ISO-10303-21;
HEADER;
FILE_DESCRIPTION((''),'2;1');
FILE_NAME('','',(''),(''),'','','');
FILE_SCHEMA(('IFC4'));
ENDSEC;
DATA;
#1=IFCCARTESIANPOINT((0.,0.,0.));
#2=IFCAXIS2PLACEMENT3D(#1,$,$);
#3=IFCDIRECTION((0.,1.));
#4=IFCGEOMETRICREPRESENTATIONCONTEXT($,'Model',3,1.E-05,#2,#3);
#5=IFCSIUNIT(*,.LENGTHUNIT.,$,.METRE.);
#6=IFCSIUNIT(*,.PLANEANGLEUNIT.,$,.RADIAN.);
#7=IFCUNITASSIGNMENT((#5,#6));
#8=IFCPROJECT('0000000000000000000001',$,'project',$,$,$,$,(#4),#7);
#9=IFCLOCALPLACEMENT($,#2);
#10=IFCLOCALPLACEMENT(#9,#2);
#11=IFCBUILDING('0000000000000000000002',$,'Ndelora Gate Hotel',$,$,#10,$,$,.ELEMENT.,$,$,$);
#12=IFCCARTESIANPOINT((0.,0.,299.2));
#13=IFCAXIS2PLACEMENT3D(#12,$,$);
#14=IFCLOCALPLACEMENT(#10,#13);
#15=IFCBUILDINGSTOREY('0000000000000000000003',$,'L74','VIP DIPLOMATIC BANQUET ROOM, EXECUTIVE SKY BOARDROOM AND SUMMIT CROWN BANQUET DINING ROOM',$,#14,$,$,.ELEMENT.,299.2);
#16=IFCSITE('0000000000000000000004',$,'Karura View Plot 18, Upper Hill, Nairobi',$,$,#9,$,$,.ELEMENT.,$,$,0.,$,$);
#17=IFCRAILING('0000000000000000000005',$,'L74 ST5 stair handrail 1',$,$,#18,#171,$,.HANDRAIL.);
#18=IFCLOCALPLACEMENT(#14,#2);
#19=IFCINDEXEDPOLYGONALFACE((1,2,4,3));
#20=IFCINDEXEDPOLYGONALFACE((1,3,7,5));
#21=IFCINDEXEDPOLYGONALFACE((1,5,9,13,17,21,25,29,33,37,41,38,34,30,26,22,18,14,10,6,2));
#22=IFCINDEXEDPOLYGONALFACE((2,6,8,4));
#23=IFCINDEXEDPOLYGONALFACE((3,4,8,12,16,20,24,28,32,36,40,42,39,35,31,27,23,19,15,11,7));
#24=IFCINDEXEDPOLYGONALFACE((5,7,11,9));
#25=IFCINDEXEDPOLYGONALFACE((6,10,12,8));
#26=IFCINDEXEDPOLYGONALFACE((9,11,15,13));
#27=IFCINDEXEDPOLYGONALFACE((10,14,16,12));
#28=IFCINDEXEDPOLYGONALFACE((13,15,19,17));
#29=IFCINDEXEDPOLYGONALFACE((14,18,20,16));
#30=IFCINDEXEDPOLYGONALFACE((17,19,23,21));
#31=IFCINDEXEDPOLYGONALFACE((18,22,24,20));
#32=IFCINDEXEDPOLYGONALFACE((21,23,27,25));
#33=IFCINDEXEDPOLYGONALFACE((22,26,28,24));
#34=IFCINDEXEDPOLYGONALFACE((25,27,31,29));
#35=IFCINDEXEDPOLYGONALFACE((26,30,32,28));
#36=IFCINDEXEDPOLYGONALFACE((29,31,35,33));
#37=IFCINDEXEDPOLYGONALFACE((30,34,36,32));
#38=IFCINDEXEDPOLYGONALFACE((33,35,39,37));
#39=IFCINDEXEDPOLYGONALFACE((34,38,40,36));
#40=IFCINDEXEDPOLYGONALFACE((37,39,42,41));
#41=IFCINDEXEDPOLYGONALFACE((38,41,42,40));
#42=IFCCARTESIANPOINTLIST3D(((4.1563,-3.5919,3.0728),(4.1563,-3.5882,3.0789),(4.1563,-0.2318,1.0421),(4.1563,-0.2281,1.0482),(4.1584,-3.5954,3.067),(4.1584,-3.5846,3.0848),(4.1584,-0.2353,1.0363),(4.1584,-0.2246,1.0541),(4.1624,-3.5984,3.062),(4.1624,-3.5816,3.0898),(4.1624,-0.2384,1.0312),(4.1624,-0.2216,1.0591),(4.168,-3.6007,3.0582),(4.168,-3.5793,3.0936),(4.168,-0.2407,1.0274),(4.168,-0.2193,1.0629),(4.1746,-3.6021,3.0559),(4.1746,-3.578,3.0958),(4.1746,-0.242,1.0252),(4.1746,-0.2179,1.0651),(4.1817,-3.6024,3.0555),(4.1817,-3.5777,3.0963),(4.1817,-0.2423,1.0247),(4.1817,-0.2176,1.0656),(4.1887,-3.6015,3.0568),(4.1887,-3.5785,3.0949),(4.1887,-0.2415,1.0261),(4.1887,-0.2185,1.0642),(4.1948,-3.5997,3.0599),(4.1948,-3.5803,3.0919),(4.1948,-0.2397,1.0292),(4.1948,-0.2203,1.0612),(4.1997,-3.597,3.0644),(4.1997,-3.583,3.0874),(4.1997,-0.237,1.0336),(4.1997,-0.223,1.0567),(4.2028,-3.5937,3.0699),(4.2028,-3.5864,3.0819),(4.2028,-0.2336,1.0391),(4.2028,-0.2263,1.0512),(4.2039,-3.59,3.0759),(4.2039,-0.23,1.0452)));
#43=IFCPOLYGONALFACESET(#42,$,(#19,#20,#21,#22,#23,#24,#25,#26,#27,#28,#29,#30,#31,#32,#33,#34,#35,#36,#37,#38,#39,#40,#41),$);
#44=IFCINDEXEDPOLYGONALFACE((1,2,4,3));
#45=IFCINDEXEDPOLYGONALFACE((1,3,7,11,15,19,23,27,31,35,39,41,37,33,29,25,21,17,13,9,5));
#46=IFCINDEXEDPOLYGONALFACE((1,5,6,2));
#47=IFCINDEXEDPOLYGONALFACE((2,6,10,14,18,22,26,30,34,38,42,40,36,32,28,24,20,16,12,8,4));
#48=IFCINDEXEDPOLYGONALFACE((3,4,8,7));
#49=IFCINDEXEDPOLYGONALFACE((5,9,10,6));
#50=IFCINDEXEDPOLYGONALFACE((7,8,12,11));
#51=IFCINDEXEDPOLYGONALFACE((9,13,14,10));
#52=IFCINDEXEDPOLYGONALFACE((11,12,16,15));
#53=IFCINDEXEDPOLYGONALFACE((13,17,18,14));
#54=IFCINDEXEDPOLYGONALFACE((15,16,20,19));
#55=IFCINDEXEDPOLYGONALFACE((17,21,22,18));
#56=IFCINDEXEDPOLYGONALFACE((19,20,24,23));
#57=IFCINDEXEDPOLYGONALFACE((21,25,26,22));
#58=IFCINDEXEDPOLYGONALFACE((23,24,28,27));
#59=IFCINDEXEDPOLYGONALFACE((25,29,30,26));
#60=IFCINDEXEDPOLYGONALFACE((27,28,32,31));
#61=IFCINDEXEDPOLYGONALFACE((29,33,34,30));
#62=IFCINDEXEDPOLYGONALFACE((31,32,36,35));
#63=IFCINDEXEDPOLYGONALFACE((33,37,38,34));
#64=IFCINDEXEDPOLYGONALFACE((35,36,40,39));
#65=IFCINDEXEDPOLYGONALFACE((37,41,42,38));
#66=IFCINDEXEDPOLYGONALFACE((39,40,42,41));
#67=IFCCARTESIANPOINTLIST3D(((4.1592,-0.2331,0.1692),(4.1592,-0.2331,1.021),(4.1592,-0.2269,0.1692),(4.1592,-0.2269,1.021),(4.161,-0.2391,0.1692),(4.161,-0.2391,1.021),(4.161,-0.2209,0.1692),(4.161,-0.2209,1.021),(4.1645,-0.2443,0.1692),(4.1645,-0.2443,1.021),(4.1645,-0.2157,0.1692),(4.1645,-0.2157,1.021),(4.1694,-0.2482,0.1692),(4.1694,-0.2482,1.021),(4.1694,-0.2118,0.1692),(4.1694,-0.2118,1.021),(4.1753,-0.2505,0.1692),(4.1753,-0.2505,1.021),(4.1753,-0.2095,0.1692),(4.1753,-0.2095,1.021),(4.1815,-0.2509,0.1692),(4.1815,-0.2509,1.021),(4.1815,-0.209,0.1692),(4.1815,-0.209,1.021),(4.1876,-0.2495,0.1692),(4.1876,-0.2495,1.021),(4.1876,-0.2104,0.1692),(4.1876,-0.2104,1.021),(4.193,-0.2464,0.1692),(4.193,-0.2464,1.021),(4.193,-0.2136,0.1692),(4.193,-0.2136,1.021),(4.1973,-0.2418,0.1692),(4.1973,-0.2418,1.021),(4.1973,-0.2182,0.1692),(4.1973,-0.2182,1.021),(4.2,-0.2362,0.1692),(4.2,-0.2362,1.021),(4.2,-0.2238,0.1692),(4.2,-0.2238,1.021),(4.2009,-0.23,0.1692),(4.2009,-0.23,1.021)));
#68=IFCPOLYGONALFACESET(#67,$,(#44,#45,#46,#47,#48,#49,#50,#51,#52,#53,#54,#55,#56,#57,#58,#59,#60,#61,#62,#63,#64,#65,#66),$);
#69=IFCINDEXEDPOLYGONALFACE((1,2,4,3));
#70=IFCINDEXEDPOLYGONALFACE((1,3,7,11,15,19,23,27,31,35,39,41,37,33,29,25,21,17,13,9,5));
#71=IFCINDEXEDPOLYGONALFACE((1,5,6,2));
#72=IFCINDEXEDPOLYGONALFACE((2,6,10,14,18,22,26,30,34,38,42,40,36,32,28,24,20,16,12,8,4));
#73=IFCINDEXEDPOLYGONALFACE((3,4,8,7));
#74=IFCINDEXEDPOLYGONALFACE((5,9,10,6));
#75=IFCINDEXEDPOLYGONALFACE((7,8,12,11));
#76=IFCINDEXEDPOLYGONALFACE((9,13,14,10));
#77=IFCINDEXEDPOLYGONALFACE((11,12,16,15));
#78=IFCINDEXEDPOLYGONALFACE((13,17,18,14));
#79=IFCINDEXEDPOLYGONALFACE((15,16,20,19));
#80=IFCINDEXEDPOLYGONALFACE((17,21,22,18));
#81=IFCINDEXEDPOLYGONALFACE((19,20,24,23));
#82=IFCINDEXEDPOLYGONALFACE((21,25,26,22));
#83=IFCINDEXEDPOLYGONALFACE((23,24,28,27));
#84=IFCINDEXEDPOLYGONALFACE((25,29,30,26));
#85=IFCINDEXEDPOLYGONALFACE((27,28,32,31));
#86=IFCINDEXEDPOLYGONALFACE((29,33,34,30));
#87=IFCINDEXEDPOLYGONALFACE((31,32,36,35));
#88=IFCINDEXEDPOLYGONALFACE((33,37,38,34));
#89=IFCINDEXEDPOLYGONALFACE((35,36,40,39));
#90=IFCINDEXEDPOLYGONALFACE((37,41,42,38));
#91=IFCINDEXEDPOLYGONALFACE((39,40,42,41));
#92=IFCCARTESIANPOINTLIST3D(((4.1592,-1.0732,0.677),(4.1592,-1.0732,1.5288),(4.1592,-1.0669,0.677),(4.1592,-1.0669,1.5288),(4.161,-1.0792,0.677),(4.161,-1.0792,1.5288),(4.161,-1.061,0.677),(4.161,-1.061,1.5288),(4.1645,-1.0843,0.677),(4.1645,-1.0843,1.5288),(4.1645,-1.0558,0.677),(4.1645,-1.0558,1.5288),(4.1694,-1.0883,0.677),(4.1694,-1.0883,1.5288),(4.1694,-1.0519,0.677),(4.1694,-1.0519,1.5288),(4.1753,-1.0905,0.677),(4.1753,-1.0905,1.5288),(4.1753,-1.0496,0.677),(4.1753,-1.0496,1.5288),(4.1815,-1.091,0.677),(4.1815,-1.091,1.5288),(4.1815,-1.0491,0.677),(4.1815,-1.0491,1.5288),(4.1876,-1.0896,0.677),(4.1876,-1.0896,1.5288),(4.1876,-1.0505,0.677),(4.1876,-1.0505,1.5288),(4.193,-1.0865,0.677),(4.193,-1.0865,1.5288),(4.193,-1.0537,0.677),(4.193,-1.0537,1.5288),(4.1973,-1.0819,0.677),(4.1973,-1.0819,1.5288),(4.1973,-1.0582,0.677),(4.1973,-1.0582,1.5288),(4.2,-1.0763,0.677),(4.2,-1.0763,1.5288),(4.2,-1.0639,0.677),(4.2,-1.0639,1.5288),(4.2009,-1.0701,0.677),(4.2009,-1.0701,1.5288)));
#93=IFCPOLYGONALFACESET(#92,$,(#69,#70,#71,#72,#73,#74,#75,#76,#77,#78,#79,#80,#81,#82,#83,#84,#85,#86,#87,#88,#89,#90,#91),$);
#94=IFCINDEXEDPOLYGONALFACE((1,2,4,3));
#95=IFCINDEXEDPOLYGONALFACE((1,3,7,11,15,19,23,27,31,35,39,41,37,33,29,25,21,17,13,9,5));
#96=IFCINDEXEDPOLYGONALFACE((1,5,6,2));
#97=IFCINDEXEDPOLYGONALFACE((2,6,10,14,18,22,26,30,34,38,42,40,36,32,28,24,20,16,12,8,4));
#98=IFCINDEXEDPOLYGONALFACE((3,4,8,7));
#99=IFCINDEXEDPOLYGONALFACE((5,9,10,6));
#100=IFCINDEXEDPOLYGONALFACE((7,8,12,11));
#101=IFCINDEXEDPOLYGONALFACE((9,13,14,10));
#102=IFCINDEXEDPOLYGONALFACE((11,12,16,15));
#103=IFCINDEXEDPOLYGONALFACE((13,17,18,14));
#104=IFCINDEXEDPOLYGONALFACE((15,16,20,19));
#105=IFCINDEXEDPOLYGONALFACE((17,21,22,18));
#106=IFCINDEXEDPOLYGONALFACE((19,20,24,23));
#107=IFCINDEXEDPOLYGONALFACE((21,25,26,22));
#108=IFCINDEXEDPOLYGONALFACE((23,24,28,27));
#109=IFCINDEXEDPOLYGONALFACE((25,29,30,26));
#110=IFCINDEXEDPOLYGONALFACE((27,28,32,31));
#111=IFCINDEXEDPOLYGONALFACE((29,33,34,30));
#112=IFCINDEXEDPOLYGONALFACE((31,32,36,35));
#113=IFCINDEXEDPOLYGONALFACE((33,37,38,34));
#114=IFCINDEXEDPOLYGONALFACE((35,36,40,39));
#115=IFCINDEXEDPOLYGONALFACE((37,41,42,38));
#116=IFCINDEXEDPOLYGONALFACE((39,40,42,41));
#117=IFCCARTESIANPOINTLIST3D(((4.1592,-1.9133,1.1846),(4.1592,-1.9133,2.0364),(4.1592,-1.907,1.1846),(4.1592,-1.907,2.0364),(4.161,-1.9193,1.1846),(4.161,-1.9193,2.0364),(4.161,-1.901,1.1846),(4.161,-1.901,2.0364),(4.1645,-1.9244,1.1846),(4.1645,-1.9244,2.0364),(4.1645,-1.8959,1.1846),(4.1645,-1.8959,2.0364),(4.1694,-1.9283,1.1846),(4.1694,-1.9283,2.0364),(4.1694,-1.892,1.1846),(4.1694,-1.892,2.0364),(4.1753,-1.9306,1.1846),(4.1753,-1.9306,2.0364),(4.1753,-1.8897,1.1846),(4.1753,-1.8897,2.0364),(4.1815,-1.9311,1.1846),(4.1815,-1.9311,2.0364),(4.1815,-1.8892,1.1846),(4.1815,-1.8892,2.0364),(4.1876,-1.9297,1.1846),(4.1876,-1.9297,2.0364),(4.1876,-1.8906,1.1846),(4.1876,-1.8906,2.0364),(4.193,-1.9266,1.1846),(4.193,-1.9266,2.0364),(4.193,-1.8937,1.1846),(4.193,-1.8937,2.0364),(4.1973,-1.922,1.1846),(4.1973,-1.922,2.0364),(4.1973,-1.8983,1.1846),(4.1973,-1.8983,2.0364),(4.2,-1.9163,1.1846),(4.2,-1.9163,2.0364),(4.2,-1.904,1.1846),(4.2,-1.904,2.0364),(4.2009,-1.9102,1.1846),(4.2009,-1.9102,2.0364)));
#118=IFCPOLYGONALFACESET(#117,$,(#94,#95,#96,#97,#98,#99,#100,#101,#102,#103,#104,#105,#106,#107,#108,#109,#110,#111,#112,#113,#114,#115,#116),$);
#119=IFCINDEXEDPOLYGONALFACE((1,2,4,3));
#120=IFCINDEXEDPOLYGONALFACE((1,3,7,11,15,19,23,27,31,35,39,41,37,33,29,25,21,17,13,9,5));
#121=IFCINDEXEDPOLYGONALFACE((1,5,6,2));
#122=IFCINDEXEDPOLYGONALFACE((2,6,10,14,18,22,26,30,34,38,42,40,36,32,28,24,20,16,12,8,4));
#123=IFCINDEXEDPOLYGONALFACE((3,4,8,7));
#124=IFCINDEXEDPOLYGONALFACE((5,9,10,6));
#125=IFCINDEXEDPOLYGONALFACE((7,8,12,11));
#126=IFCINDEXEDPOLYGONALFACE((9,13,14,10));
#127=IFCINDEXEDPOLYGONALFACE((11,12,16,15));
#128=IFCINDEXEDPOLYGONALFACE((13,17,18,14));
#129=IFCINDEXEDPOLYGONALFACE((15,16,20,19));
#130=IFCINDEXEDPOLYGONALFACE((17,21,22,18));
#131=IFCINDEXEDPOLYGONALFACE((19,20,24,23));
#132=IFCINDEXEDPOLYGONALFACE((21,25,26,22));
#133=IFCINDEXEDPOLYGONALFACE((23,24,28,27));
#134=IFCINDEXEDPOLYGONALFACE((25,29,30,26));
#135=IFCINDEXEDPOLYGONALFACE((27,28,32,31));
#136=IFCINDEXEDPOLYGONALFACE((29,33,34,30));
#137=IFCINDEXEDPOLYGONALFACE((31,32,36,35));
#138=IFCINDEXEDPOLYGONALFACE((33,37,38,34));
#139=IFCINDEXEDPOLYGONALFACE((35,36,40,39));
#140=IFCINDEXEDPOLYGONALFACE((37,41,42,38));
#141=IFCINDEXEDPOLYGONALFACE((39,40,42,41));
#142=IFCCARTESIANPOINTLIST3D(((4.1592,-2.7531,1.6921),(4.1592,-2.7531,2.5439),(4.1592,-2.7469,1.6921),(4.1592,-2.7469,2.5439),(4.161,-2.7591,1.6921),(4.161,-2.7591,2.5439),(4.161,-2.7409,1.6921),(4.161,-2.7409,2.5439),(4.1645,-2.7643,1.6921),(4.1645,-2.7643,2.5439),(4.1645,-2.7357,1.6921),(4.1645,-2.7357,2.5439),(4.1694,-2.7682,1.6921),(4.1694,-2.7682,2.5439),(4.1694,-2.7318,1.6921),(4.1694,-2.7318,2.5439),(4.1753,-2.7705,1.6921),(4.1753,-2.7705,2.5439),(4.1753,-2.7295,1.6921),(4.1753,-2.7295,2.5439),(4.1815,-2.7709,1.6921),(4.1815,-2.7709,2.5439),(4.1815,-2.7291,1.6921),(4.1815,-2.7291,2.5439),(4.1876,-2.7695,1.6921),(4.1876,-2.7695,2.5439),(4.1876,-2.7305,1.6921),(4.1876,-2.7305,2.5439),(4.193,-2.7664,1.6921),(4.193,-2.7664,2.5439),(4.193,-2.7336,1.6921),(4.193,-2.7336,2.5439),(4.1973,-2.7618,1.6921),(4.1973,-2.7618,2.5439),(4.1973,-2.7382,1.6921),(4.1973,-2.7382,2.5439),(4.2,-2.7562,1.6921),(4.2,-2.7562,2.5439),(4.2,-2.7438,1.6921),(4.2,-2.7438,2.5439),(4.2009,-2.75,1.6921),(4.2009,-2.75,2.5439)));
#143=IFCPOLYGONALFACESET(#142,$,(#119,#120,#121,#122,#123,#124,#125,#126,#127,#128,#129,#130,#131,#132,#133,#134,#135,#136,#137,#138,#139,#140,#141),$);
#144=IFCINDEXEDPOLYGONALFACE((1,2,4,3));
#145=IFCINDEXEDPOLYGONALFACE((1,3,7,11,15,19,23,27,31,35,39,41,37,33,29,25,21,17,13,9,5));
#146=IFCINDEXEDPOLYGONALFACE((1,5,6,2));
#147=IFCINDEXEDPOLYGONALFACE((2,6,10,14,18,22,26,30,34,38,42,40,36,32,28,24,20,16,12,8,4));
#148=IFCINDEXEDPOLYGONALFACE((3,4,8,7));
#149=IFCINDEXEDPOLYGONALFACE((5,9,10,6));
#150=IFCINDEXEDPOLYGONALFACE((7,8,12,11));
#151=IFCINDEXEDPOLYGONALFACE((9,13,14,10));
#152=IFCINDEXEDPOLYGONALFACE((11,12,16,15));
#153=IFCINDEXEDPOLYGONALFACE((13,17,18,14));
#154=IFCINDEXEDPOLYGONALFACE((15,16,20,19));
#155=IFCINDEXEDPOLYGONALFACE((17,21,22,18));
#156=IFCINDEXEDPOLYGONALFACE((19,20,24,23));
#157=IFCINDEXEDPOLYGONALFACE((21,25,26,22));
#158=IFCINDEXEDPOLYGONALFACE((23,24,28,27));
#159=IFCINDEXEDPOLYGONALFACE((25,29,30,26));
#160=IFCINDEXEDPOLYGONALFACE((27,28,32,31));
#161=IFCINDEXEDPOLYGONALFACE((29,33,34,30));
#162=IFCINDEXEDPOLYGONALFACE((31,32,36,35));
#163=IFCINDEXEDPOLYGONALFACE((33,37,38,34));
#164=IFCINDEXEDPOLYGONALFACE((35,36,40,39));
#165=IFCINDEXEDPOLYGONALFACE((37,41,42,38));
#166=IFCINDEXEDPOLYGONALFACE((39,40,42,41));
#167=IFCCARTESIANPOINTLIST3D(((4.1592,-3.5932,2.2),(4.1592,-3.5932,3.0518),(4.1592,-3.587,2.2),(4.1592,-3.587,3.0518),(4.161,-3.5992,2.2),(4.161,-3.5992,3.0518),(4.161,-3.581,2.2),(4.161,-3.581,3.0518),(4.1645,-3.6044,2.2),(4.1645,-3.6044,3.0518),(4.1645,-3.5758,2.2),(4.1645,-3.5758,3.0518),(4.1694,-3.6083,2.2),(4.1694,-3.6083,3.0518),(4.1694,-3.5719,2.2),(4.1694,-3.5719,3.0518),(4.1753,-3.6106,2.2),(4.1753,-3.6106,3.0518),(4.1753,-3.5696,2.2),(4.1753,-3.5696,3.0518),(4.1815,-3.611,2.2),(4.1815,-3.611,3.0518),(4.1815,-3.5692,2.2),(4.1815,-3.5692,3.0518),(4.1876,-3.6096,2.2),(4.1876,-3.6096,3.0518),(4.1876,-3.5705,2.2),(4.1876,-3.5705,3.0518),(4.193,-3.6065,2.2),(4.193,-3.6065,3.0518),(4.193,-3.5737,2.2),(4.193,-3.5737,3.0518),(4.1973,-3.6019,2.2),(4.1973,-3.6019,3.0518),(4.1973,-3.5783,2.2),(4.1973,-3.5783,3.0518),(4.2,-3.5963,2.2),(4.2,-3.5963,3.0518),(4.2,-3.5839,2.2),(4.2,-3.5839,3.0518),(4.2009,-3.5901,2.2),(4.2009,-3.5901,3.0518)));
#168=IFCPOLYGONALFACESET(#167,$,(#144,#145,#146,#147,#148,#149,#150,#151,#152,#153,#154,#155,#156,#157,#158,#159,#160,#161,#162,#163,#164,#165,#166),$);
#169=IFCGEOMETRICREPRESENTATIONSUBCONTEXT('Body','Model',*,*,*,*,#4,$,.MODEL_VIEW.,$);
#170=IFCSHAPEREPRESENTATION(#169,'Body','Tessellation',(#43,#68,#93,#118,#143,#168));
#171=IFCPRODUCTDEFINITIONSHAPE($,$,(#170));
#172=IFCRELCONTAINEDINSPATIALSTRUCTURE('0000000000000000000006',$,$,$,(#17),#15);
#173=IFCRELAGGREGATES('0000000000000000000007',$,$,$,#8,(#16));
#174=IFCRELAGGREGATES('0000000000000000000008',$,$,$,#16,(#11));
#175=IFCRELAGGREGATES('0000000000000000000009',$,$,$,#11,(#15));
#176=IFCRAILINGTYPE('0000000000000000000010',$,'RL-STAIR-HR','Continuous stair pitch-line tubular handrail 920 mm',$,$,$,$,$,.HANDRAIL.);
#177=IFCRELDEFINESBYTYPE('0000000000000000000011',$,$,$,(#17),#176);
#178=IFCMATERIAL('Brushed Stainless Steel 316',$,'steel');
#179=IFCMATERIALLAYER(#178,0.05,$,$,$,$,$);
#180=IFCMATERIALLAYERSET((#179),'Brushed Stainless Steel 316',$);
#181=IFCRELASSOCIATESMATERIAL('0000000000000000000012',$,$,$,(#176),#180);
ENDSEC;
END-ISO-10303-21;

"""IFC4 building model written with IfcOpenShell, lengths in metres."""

from ifc_helpers import new_model, si_unit, direction, frame, origin, origin_2d, place, context, subcontext, project, spatial, circle, extrude, material, layer, layer_set, type_object, element, save


model = new_model("IFC4")

# Units and contexts
model_context = context("Model", 3, precision=1e-05, world=origin(), true_north=direction((0.0, 1.0)))
body_context = subcontext(model_context, "Body", "Model", "MODEL_VIEW")
ifc_project = project(units=[si_unit("LENGTHUNIT", "METRE"), si_unit("PLANEANGLEUNIT", "RADIAN")], contexts=[model_context])

# Site, building, storey
site_placement = place(None, origin())
site = spatial("IfcSite", under=ifc_project, at=site_placement, Name="Karura View Plot 18, Upper Hill, Nairobi", CompositionType="ELEMENT", RefElevation=0.0)
building_placement = place(site_placement, origin())
building = spatial("IfcBuilding", under=site, at=building_placement, Name="Ndelora Gate Hotel", CompositionType="ELEMENT")
storey_placement = place(building_placement, frame((0.0, 0.0, 299.2)))
storey = spatial("IfcBuildingStorey", under=building, at=storey_placement, Name="L74", Description="VIP DIPLOMATIC BANQUET ROOM, EXECUTIVE SKY BOARDROOM AND SUMMIT CROWN BANQUET DINING ROOM", CompositionType="ELEMENT", Elevation=299.2)

# Railing
ifc_material_1 = material(Name="Brushed Stainless Steel 316", Category="steel")
ifc_layer_1 = layer(ifc_material_1, 0.05)
ifc_layer_set_1 = layer_set([ifc_layer_1], Name="Brushed Stainless Steel 316")
railing_type_1 = type_object("IfcRailingType", Name="RL-STAIR-HR", Description="Continuous stair pitch-line tubular handrail 920 mm", PredefinedType="HANDRAIL", material=ifc_layer_set_1)
railing_1_placement = place(storey_placement, frame((4.1799, -0.23, 0.1692)))
element("IfcRailing", 1, at=railing_1_placement, inside=storey, type_object=railing_type_1, Name="L74 ST5 stair handrail 1", PredefinedType="HANDRAIL", context=body_context, shape_type="SweptSolid", body=[
    extrude(circle(Radius=0.0239, at=origin_2d()), frame((0.0, 0.0, 0.876), z_axis=(0.0, -0.855837, 0.517246), x_axis=(1.0, 0.0, 0.0)), (0.0, 0.0, 1.0), 3.926),
    extrude(circle(Radius=0.021, at=origin_2d()), origin(), (0.0, 0.0, 1.0), 0.8518),
    extrude(circle(Radius=0.021, at=origin_2d()), frame((0.0, -0.8401, 0.5078)), (0.0, 0.0, 1.0), 0.8518),
    extrude(circle(Radius=0.021, at=origin_2d()), frame((0.0, -1.6802, 1.0154)), (0.0, 0.0, 1.0), 0.8518),
    extrude(circle(Radius=0.021, at=origin_2d()), frame((0.0, -2.52, 1.5229)), (0.0, 0.0, 1.0), 0.8518),
    extrude(circle(Radius=0.021, at=origin_2d()), frame((0.0, -3.3601, 2.0308)), (0.0, 0.0, 1.0), 0.8518),
])

save(model, "model.ifc")
